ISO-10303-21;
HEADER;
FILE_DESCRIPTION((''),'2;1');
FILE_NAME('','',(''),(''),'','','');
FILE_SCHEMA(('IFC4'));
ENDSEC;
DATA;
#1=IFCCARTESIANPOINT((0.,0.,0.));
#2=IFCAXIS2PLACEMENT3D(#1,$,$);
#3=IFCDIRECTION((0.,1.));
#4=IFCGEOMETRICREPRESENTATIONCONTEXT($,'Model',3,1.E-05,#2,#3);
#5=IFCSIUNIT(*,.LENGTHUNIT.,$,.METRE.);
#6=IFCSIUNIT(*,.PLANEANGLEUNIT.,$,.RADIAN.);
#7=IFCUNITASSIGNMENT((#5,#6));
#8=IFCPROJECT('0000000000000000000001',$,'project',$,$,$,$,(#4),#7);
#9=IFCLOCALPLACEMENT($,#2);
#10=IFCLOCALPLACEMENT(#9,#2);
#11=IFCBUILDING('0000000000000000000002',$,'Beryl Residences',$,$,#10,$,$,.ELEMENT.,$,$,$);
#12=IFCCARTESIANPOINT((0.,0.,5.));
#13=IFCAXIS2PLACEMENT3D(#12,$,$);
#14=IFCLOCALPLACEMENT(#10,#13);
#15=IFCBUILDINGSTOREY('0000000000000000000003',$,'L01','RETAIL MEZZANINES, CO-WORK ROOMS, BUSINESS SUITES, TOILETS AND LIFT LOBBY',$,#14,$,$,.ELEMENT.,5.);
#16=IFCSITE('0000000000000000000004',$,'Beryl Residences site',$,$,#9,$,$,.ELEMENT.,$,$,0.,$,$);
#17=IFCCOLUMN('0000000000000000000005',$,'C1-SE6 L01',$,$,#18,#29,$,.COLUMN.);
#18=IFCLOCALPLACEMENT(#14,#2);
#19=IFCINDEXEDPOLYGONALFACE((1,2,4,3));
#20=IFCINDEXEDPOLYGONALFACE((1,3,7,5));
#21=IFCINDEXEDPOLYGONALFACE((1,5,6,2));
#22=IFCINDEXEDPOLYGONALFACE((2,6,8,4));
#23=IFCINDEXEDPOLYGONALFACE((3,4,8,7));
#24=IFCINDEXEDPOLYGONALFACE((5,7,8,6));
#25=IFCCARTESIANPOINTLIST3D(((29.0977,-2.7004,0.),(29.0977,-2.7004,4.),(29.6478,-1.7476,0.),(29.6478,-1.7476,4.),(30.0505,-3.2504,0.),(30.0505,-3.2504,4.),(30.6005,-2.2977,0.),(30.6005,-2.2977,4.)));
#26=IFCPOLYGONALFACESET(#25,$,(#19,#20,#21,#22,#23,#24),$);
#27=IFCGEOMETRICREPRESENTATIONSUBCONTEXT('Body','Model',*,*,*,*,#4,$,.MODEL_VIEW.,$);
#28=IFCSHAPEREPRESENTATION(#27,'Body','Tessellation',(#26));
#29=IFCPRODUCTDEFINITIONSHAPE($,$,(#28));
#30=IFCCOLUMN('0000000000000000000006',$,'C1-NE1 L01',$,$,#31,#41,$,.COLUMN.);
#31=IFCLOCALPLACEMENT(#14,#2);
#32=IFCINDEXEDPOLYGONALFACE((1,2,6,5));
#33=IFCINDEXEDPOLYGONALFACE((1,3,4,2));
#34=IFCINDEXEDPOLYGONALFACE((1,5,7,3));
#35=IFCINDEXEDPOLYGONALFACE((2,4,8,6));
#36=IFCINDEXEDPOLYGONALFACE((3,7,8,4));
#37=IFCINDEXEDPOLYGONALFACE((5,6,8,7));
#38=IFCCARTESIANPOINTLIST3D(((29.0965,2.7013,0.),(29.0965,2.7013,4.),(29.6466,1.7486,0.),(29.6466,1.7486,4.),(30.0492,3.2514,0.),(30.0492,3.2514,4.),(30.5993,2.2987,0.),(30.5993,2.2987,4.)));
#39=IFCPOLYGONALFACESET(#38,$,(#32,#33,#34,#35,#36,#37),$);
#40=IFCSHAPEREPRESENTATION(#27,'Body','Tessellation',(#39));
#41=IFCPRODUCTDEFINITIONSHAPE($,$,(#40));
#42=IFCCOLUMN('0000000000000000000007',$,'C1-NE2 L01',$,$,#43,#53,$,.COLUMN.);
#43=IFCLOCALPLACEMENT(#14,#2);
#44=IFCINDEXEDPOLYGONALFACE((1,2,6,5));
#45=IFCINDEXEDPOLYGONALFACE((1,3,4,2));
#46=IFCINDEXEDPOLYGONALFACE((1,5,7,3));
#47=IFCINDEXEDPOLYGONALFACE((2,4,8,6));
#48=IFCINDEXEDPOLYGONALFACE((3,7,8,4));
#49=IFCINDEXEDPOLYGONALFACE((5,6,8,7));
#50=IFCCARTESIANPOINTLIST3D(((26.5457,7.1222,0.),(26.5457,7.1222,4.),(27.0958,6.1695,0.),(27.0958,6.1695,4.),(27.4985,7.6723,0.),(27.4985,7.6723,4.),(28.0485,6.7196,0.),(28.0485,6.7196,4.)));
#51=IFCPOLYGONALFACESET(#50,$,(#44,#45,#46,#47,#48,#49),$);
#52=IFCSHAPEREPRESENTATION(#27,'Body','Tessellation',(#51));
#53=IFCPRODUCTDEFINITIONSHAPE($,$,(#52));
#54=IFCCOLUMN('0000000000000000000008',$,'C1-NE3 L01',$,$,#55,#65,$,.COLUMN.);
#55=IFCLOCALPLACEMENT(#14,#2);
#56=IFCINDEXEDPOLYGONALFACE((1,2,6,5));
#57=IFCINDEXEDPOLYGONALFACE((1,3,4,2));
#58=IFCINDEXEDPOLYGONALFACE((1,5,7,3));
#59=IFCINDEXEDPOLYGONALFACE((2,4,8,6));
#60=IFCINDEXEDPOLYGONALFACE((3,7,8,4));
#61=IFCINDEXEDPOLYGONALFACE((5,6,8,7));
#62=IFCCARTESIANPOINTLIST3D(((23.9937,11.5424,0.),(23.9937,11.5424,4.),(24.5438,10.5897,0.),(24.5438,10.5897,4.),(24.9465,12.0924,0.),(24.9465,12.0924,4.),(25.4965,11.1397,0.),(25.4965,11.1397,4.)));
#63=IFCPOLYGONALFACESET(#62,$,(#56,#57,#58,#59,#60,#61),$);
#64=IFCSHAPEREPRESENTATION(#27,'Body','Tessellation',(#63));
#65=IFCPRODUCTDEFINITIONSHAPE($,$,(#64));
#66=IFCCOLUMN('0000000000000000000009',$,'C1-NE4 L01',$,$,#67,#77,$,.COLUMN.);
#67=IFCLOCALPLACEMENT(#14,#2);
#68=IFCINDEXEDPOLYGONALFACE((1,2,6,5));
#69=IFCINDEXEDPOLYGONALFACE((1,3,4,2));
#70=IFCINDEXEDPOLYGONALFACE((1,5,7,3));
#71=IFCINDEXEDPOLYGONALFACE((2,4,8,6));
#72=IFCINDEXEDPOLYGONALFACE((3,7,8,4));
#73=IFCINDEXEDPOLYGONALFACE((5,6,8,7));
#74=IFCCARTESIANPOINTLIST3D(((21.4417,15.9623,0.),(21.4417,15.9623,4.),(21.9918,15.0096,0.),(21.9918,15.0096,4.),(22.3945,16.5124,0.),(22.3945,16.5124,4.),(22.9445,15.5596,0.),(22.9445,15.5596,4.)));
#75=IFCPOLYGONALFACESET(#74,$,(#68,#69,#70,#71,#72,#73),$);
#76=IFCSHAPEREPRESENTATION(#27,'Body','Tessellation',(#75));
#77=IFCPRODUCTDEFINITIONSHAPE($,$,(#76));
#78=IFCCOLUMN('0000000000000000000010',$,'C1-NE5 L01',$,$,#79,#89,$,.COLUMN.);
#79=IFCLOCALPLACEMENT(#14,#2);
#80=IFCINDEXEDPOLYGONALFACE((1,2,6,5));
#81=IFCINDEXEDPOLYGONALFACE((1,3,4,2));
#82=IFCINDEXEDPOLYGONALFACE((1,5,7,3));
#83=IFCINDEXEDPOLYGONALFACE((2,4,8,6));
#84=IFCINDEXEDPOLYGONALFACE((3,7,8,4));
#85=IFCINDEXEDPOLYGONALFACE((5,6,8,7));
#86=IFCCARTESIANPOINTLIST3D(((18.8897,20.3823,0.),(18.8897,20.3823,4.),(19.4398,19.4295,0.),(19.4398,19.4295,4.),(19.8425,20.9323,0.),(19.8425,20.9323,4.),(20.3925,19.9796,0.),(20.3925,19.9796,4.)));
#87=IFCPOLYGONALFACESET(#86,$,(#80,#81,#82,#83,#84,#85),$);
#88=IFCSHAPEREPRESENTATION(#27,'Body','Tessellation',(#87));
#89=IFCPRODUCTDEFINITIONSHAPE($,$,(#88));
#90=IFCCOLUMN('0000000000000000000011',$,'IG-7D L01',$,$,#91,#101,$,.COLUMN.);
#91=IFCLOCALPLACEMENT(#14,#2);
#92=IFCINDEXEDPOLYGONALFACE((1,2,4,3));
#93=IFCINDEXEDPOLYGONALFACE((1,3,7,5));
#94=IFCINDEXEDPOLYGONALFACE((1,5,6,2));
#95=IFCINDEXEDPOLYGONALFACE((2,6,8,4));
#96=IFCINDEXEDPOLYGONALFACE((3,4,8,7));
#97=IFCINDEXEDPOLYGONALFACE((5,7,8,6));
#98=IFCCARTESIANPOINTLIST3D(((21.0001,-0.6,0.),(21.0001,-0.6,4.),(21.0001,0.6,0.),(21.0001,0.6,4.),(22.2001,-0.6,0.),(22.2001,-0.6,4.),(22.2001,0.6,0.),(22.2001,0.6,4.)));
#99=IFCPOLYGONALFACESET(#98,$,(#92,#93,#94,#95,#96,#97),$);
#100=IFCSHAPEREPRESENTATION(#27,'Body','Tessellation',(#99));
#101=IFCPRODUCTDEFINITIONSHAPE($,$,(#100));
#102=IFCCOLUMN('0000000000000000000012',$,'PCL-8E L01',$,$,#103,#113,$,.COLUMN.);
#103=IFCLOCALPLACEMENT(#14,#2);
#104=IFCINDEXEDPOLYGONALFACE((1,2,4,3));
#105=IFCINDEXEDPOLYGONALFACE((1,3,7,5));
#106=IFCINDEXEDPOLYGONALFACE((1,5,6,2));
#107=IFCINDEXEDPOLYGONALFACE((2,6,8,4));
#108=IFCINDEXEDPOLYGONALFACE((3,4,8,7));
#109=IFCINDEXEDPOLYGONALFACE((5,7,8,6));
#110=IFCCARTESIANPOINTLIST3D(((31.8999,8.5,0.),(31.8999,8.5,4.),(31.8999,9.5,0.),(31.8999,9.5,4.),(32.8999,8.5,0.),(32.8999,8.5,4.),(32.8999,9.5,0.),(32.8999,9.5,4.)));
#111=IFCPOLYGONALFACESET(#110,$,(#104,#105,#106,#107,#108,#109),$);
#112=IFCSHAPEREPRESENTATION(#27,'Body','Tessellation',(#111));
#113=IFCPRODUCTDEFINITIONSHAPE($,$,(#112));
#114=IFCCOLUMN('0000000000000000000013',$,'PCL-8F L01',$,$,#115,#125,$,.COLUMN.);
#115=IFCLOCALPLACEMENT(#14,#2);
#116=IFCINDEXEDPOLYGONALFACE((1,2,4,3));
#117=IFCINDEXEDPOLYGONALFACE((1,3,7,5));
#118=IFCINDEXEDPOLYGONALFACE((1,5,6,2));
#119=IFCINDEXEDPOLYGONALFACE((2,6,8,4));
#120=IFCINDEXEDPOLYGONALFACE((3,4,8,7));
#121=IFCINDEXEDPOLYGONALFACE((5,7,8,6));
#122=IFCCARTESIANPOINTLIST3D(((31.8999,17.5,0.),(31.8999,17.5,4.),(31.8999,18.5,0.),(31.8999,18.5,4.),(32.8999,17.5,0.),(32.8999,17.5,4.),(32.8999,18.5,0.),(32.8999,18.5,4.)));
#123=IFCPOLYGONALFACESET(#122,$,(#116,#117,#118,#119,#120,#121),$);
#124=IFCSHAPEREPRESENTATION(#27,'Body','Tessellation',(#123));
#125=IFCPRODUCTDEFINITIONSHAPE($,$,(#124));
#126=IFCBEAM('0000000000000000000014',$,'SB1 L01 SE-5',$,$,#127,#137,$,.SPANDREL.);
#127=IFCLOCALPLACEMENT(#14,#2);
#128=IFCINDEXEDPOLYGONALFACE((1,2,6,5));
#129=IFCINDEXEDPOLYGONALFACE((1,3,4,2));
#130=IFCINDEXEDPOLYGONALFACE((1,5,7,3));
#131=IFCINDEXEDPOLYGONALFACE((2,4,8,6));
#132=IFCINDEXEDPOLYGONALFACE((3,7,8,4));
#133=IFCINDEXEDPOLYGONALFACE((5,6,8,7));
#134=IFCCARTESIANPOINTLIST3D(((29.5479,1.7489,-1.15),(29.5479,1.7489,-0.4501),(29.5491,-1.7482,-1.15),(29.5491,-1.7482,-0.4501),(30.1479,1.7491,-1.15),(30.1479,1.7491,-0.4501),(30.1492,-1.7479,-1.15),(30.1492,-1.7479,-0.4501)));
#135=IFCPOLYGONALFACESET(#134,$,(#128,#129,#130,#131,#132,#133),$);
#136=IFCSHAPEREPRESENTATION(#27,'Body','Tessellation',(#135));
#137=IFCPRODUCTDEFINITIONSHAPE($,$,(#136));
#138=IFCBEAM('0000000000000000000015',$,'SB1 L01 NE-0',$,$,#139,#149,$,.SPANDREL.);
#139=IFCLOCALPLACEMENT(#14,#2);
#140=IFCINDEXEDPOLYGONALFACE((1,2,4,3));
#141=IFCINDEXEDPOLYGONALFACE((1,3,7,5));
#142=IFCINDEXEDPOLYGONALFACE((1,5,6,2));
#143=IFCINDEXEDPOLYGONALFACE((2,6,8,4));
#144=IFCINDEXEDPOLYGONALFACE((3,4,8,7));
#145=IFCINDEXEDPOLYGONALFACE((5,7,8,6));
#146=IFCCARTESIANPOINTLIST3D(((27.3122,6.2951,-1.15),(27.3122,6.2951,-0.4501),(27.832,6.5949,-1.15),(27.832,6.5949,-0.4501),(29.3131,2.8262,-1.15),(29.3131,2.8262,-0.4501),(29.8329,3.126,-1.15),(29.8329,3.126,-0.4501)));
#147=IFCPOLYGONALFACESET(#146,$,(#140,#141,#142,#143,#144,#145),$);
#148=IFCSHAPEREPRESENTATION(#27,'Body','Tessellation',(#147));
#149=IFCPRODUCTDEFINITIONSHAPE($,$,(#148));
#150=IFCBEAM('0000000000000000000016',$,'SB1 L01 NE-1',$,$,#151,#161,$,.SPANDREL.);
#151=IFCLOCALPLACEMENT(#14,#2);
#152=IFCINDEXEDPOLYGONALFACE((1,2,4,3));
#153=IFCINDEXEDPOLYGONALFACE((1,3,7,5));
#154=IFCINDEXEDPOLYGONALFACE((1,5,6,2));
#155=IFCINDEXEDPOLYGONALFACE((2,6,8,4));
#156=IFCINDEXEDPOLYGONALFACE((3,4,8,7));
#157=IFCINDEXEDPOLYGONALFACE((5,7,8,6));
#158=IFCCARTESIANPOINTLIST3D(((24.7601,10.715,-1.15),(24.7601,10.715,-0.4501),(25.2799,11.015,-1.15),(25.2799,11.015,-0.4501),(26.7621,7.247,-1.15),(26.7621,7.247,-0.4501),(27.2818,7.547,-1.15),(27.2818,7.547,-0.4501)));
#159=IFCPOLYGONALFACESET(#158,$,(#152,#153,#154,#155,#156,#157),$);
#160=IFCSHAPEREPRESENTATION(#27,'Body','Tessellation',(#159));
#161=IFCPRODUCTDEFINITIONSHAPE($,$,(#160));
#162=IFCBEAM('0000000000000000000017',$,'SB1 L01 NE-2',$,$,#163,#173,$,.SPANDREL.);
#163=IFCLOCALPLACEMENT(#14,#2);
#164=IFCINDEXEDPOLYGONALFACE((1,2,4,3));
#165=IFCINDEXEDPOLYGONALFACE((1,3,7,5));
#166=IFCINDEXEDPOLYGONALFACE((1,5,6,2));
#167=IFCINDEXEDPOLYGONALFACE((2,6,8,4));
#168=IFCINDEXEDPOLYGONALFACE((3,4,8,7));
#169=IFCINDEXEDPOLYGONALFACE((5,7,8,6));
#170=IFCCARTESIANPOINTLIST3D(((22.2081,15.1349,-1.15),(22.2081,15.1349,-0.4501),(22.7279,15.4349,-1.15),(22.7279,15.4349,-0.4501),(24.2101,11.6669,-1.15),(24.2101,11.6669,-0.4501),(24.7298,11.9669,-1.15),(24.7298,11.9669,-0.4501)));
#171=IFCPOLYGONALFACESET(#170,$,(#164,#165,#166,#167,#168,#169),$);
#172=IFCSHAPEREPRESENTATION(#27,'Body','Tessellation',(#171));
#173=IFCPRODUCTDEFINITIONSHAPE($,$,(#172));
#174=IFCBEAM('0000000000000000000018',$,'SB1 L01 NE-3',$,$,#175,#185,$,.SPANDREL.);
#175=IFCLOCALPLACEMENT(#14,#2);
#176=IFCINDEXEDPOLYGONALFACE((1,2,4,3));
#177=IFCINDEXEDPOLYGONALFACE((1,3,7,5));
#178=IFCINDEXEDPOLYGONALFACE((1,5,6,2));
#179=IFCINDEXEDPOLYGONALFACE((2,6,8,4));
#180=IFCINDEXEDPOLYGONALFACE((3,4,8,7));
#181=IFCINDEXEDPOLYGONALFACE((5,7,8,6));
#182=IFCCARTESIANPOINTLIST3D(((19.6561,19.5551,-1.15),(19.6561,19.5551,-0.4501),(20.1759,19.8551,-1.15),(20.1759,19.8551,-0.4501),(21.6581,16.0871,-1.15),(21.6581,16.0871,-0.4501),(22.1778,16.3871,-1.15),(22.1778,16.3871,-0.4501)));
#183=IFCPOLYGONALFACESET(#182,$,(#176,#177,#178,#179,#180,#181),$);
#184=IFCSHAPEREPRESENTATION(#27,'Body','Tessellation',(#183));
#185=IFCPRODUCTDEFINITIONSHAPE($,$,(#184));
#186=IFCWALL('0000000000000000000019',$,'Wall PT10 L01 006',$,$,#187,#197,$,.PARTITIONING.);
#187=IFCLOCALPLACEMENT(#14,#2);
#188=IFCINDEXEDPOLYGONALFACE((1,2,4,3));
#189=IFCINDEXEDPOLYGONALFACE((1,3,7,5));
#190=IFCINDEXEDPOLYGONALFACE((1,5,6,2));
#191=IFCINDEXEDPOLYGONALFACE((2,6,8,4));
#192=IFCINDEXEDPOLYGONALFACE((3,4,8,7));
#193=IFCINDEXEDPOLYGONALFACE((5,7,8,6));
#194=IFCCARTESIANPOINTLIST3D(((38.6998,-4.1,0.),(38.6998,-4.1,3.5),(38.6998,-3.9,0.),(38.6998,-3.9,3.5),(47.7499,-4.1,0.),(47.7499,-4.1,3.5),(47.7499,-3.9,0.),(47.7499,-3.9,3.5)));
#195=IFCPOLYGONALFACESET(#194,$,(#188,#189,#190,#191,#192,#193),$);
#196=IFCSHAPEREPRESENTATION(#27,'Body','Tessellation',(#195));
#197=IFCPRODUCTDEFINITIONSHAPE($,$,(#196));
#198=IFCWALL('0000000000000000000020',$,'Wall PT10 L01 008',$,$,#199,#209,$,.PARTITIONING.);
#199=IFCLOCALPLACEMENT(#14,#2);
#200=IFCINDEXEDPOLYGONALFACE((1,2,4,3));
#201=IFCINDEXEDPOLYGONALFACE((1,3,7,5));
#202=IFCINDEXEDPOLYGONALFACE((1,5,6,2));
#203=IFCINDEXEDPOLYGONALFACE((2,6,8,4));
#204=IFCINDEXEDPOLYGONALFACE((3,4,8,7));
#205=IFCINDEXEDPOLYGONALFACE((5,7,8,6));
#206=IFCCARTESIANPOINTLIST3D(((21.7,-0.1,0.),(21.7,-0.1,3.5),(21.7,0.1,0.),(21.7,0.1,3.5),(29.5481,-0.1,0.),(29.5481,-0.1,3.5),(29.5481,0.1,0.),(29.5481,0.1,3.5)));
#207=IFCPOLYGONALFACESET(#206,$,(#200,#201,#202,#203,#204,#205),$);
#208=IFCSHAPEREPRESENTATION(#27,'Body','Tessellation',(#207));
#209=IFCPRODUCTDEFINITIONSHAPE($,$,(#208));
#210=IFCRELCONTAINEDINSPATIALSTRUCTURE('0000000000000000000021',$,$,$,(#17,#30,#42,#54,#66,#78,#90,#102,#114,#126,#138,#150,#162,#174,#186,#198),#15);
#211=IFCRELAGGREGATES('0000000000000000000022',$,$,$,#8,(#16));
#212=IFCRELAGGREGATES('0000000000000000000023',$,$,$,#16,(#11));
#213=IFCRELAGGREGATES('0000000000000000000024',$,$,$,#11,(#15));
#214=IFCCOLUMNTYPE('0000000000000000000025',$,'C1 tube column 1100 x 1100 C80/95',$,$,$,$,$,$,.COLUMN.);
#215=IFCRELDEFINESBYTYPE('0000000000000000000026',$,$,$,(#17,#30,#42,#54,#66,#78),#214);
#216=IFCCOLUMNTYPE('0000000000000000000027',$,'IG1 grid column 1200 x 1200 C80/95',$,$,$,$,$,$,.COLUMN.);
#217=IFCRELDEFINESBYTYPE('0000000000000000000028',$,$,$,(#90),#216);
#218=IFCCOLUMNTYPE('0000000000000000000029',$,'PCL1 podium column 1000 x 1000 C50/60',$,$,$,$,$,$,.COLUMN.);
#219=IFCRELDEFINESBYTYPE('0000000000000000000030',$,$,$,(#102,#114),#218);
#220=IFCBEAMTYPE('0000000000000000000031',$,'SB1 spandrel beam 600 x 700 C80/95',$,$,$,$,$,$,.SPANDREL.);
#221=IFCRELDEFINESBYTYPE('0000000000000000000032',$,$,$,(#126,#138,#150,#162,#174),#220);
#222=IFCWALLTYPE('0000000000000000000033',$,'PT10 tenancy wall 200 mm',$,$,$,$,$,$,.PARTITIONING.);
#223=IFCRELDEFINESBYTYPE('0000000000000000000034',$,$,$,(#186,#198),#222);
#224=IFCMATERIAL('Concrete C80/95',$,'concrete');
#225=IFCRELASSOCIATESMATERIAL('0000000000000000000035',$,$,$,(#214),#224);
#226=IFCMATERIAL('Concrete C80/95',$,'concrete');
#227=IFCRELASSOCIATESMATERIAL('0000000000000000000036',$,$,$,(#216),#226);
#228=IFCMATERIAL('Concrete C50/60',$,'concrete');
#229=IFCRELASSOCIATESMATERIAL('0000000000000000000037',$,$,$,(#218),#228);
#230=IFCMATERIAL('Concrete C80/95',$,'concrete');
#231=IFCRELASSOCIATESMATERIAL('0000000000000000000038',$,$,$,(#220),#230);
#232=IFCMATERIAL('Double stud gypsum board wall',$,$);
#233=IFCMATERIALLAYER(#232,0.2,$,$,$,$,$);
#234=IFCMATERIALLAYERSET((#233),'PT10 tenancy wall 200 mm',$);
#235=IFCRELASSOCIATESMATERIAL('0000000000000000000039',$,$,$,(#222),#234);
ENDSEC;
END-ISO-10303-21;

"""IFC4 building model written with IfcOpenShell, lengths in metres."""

from ifc_helpers import new_model, si_unit, direction, frame, frame_2d, origin, origin_2d, place, context, subcontext, project, spatial, rectangle, extrude, material, layer, layer_set, material_profile, profile_set, type_object, element, save


model = new_model("IFC4")

# Units and contexts
model_context = context("Model", 3, precision=1e-05, world=origin(), true_north=direction((0.0, 1.0)))
body_context = subcontext(model_context, "Body", "Model", "MODEL_VIEW")
ifc_project = project(units=[si_unit("LENGTHUNIT", "METRE"), si_unit("PLANEANGLEUNIT", "RADIAN")], contexts=[model_context])

# Site, building, storey
site_placement = place(None, origin())
site = spatial("IfcSite", under=ifc_project, at=site_placement, Name="Beryl Residences site", CompositionType="ELEMENT", RefElevation=0.0)
building_placement = place(site_placement, origin())
building = spatial("IfcBuilding", under=site, at=building_placement, Name="Beryl Residences", CompositionType="ELEMENT")
storey_placement = place(building_placement, frame((0.0, 0.0, 5.0)))
storey = spatial("IfcBuildingStorey", under=building, at=storey_placement, Name="L01", Description="RETAIL MEZZANINES, CO-WORK ROOMS, BUSINESS SUITES, TOILETS AND LIFT LOBBY", CompositionType="ELEMENT", Elevation=5.0)

# Columns
ifc_material_1 = material(Name="Concrete C80/95", Category="concrete")
ifc_material_profile_1 = material_profile(ifc_material_1, rectangle(XDim=1.1001, YDim=1.1001, at=origin_2d()))
ifc_profile_set_1 = profile_set([ifc_material_profile_1], Name="Concrete C80/95")
column_type_1 = type_object("IfcColumnType", Name="C1 tube column 1100 x 1100 C80/95", PredefinedType="COLUMN", material=ifc_profile_set_1)
for number, where, z_axis, x_axis, name in (
    (1, (29.8491, -2.499, 0.0), (0.0, 0.0, 1.0), (0.499985, 0.866034, 0.0), "C1-SE6 L01"),
    (2, (29.8479, 2.5, 0.0), (0.0, 0.0, 1.0), (-0.499985, 0.866034, 0.0), "C1-NE1 L01"),
    (3, (27.2971, 6.9209, 0.0), (0.0, 0.0, 1.0), (-0.499985, 0.866034, 0.0), "C1-NE2 L01"),
    (4, (24.7451, 11.3411, 0.0), (0.0, 0.0, 1.0), (-0.499985, 0.866034, 0.0), "C1-NE3 L01"),
    (5, (22.1931, 15.761, 0.0), (0.0, 0.0, 1.0), (-0.499985, 0.866034, 0.0), "C1-NE4 L01"),
    (6, (19.6411, 20.1809, 0.0), (0.0, 0.0, 1.0), (-0.499985, 0.866034, 0.0), "C1-NE5 L01"),
):
    element("IfcColumn", number, at=place(storey_placement, frame(where, z_axis=z_axis, x_axis=x_axis)), inside=storey, type_object=column_type_1, Name=name, PredefinedType="COLUMN", context=body_context, shape_type="SweptSolid", body=[
        extrude(rectangle(XDim=1.1001, YDim=1.1001, at=origin_2d()), origin(), (0.0, 0.0, 1.0), 4.0),
    ])
ifc_material_2 = material(Name="Concrete C80/95", Category="concrete")
ifc_material_profile_2 = material_profile(ifc_material_2, rectangle(XDim=1.2, YDim=1.2, at=origin_2d()))
ifc_profile_set_2 = profile_set([ifc_material_profile_2], Name="Concrete C80/95")
column_type_2 = type_object("IfcColumnType", Name="IG1 grid column 1200 x 1200 C80/95", PredefinedType="COLUMN", material=ifc_profile_set_2)
column_placement = place(storey_placement, frame((21.6001, 0.0, 0.0), z_axis=(0.0, 0.0, 1.0), x_axis=(1.0, 0.0, 0.0)))
element("IfcColumn", 7, at=column_placement, inside=storey, type_object=column_type_2, Name="IG-7D L01", PredefinedType="COLUMN", context=body_context, shape_type="SweptSolid", body=[
    extrude(rectangle(XDim=1.2, YDim=1.2, at=origin_2d()), origin(), (0.0, 0.0, 1.0), 4.0),
])
ifc_material_3 = material(Name="Concrete C50/60", Category="concrete")
ifc_material_profile_3 = material_profile(ifc_material_3, rectangle(XDim=1.0, YDim=1.0, at=origin_2d()))
ifc_profile_set_3 = profile_set([ifc_material_profile_3], Name="Concrete C50/60")
column_type_3 = type_object("IfcColumnType", Name="PCL1 podium column 1000 x 1000 C50/60", PredefinedType="COLUMN", material=ifc_profile_set_3)
for number, where, z_axis, x_axis, name in (
    (8, (32.3999, 9.0, 0.0), (0.0, 0.0, 1.0), (1.0, 0.0, 0.0), "PCL-8E L01"),
    (9, (32.3999, 18.0, 0.0), (0.0, 0.0, 1.0), (1.0, 0.0, 0.0), "PCL-8F L01"),
):
    element("IfcColumn", number, at=place(storey_placement, frame(where, z_axis=z_axis, x_axis=x_axis)), inside=storey, type_object=column_type_3, Name=name, PredefinedType="COLUMN", context=body_context, shape_type="SweptSolid", body=[
        extrude(rectangle(XDim=1.0, YDim=1.0, at=origin_2d()), origin(), (0.0, 0.0, 1.0), 4.0),
    ])

# Beams
ifc_material_4 = material(Name="Concrete C80/95", Category="concrete")
ifc_material_profile_4 = material_profile(ifc_material_4, rectangle(XDim=0.6001, YDim=0.7, at=origin_2d()))
ifc_profile_set_4 = profile_set([ifc_material_profile_4], Name="Concrete C80/95")
beam_type = type_object("IfcBeamType", Name="SB1 spandrel beam 600 x 700 C80/95", PredefinedType="SPANDREL", material=ifc_profile_set_4)
beam_1_placement = place(storey_placement, frame((29.8491, -1.748, -0.8), z_axis=(-0.000349, 1.0, 0.0), x_axis=(-1.0, -0.000349, 0.0)))
element("IfcBeam", 10, at=beam_1_placement, inside=storey, type_object=beam_type, Name="SB1 L01 SE-5", PredefinedType="SPANDREL", context=body_context, shape_type="SweptSolid", body=[
    extrude(rectangle(XDim=0.6001, YDim=0.7, at=origin_2d()), origin(), (0.0, 0.0, 1.0), 3.4971),
])
beam_2_placement = place(storey_placement, frame((29.573, 2.9761, -0.8), z_axis=(-0.499654, 0.866225, 0.0), x_axis=(-0.866225, -0.499654, 0.0)))
element("IfcBeam", 11, at=beam_2_placement, inside=storey, type_object=beam_type, Name="SB1 L01 NE-0", PredefinedType="SPANDREL", context=body_context, shape_type="SweptSolid", body=[
    extrude(rectangle(XDim=0.6001, YDim=0.7, at=origin_2d()), origin(), (0.0, 0.0, 1.0), 4.0046),
])
for number, where, z_axis, x_axis, name in (
    (12, (27.022, 7.397, -0.8), (-0.499942, 0.866059, 0.0), (-0.866059, -0.499942, 0.0), "SB1 L01 NE-1"),
    (13, (24.47, 11.8169, -0.8), (-0.499942, 0.866059, 0.0), (-0.866059, -0.499942, 0.0), "SB1 L01 NE-2"),
    (14, (21.918, 16.2371, -0.8), (-0.499942, 0.866059, 0.0), (-0.866059, -0.499942, 0.0), "SB1 L01 NE-3"),
):
    element("IfcBeam", number, at=place(storey_placement, frame(where, z_axis=z_axis, x_axis=x_axis)), inside=storey, type_object=beam_type, Name=name, PredefinedType="SPANDREL", context=body_context, shape_type="SweptSolid", body=[
        extrude(rectangle(XDim=0.6001, YDim=0.7, at=origin_2d()), origin(), (0.0, 0.0, 1.0), 4.0044),
    ])

# Walls
ifc_material_5 = material(Name="Double stud gypsum board wall")
ifc_layer_1 = layer(ifc_material_5, 0.2)
ifc_layer_set_1 = layer_set([ifc_layer_1], Name="PT10 tenancy wall 200 mm")
wall_type_1 = type_object("IfcWallType", Name="PT10 tenancy wall 200 mm", PredefinedType="PARTITIONING", material=ifc_layer_set_1)
wall_1_placement = place(storey_placement, frame((38.7, -4.0, 0.0), z_axis=(0.0, 0.0, 1.0), x_axis=(1.0, 0.0, 0.0)))
element("IfcWall", 15, at=wall_1_placement, inside=storey, type_object=wall_type_1, Name="Wall PT10 L01 006", PredefinedType="PARTITIONING", context=body_context, shape_type="SweptSolid", body=[
    extrude(rectangle(XDim=9.05, YDim=0.2, at=frame_2d((4.5249, 0.0))), origin(), (0.0, 0.0, 1.0), 3.5),
])
wall_2_placement = place(storey_placement, frame((21.7, 0.0, 0.0), z_axis=(0.0, 0.0, 1.0), x_axis=(1.0, 0.0, 0.0)))
element("IfcWall", 16, at=wall_2_placement, inside=storey, type_object=wall_type_1, Name="Wall PT10 L01 008", PredefinedType="PARTITIONING", context=body_context, shape_type="SweptSolid", body=[
    extrude(rectangle(XDim=7.8481, YDim=0.2, at=frame_2d((3.9241, 0.0))), origin(), (0.0, 0.0, 1.0), 3.5),
])

save(model, "model.ifc")
